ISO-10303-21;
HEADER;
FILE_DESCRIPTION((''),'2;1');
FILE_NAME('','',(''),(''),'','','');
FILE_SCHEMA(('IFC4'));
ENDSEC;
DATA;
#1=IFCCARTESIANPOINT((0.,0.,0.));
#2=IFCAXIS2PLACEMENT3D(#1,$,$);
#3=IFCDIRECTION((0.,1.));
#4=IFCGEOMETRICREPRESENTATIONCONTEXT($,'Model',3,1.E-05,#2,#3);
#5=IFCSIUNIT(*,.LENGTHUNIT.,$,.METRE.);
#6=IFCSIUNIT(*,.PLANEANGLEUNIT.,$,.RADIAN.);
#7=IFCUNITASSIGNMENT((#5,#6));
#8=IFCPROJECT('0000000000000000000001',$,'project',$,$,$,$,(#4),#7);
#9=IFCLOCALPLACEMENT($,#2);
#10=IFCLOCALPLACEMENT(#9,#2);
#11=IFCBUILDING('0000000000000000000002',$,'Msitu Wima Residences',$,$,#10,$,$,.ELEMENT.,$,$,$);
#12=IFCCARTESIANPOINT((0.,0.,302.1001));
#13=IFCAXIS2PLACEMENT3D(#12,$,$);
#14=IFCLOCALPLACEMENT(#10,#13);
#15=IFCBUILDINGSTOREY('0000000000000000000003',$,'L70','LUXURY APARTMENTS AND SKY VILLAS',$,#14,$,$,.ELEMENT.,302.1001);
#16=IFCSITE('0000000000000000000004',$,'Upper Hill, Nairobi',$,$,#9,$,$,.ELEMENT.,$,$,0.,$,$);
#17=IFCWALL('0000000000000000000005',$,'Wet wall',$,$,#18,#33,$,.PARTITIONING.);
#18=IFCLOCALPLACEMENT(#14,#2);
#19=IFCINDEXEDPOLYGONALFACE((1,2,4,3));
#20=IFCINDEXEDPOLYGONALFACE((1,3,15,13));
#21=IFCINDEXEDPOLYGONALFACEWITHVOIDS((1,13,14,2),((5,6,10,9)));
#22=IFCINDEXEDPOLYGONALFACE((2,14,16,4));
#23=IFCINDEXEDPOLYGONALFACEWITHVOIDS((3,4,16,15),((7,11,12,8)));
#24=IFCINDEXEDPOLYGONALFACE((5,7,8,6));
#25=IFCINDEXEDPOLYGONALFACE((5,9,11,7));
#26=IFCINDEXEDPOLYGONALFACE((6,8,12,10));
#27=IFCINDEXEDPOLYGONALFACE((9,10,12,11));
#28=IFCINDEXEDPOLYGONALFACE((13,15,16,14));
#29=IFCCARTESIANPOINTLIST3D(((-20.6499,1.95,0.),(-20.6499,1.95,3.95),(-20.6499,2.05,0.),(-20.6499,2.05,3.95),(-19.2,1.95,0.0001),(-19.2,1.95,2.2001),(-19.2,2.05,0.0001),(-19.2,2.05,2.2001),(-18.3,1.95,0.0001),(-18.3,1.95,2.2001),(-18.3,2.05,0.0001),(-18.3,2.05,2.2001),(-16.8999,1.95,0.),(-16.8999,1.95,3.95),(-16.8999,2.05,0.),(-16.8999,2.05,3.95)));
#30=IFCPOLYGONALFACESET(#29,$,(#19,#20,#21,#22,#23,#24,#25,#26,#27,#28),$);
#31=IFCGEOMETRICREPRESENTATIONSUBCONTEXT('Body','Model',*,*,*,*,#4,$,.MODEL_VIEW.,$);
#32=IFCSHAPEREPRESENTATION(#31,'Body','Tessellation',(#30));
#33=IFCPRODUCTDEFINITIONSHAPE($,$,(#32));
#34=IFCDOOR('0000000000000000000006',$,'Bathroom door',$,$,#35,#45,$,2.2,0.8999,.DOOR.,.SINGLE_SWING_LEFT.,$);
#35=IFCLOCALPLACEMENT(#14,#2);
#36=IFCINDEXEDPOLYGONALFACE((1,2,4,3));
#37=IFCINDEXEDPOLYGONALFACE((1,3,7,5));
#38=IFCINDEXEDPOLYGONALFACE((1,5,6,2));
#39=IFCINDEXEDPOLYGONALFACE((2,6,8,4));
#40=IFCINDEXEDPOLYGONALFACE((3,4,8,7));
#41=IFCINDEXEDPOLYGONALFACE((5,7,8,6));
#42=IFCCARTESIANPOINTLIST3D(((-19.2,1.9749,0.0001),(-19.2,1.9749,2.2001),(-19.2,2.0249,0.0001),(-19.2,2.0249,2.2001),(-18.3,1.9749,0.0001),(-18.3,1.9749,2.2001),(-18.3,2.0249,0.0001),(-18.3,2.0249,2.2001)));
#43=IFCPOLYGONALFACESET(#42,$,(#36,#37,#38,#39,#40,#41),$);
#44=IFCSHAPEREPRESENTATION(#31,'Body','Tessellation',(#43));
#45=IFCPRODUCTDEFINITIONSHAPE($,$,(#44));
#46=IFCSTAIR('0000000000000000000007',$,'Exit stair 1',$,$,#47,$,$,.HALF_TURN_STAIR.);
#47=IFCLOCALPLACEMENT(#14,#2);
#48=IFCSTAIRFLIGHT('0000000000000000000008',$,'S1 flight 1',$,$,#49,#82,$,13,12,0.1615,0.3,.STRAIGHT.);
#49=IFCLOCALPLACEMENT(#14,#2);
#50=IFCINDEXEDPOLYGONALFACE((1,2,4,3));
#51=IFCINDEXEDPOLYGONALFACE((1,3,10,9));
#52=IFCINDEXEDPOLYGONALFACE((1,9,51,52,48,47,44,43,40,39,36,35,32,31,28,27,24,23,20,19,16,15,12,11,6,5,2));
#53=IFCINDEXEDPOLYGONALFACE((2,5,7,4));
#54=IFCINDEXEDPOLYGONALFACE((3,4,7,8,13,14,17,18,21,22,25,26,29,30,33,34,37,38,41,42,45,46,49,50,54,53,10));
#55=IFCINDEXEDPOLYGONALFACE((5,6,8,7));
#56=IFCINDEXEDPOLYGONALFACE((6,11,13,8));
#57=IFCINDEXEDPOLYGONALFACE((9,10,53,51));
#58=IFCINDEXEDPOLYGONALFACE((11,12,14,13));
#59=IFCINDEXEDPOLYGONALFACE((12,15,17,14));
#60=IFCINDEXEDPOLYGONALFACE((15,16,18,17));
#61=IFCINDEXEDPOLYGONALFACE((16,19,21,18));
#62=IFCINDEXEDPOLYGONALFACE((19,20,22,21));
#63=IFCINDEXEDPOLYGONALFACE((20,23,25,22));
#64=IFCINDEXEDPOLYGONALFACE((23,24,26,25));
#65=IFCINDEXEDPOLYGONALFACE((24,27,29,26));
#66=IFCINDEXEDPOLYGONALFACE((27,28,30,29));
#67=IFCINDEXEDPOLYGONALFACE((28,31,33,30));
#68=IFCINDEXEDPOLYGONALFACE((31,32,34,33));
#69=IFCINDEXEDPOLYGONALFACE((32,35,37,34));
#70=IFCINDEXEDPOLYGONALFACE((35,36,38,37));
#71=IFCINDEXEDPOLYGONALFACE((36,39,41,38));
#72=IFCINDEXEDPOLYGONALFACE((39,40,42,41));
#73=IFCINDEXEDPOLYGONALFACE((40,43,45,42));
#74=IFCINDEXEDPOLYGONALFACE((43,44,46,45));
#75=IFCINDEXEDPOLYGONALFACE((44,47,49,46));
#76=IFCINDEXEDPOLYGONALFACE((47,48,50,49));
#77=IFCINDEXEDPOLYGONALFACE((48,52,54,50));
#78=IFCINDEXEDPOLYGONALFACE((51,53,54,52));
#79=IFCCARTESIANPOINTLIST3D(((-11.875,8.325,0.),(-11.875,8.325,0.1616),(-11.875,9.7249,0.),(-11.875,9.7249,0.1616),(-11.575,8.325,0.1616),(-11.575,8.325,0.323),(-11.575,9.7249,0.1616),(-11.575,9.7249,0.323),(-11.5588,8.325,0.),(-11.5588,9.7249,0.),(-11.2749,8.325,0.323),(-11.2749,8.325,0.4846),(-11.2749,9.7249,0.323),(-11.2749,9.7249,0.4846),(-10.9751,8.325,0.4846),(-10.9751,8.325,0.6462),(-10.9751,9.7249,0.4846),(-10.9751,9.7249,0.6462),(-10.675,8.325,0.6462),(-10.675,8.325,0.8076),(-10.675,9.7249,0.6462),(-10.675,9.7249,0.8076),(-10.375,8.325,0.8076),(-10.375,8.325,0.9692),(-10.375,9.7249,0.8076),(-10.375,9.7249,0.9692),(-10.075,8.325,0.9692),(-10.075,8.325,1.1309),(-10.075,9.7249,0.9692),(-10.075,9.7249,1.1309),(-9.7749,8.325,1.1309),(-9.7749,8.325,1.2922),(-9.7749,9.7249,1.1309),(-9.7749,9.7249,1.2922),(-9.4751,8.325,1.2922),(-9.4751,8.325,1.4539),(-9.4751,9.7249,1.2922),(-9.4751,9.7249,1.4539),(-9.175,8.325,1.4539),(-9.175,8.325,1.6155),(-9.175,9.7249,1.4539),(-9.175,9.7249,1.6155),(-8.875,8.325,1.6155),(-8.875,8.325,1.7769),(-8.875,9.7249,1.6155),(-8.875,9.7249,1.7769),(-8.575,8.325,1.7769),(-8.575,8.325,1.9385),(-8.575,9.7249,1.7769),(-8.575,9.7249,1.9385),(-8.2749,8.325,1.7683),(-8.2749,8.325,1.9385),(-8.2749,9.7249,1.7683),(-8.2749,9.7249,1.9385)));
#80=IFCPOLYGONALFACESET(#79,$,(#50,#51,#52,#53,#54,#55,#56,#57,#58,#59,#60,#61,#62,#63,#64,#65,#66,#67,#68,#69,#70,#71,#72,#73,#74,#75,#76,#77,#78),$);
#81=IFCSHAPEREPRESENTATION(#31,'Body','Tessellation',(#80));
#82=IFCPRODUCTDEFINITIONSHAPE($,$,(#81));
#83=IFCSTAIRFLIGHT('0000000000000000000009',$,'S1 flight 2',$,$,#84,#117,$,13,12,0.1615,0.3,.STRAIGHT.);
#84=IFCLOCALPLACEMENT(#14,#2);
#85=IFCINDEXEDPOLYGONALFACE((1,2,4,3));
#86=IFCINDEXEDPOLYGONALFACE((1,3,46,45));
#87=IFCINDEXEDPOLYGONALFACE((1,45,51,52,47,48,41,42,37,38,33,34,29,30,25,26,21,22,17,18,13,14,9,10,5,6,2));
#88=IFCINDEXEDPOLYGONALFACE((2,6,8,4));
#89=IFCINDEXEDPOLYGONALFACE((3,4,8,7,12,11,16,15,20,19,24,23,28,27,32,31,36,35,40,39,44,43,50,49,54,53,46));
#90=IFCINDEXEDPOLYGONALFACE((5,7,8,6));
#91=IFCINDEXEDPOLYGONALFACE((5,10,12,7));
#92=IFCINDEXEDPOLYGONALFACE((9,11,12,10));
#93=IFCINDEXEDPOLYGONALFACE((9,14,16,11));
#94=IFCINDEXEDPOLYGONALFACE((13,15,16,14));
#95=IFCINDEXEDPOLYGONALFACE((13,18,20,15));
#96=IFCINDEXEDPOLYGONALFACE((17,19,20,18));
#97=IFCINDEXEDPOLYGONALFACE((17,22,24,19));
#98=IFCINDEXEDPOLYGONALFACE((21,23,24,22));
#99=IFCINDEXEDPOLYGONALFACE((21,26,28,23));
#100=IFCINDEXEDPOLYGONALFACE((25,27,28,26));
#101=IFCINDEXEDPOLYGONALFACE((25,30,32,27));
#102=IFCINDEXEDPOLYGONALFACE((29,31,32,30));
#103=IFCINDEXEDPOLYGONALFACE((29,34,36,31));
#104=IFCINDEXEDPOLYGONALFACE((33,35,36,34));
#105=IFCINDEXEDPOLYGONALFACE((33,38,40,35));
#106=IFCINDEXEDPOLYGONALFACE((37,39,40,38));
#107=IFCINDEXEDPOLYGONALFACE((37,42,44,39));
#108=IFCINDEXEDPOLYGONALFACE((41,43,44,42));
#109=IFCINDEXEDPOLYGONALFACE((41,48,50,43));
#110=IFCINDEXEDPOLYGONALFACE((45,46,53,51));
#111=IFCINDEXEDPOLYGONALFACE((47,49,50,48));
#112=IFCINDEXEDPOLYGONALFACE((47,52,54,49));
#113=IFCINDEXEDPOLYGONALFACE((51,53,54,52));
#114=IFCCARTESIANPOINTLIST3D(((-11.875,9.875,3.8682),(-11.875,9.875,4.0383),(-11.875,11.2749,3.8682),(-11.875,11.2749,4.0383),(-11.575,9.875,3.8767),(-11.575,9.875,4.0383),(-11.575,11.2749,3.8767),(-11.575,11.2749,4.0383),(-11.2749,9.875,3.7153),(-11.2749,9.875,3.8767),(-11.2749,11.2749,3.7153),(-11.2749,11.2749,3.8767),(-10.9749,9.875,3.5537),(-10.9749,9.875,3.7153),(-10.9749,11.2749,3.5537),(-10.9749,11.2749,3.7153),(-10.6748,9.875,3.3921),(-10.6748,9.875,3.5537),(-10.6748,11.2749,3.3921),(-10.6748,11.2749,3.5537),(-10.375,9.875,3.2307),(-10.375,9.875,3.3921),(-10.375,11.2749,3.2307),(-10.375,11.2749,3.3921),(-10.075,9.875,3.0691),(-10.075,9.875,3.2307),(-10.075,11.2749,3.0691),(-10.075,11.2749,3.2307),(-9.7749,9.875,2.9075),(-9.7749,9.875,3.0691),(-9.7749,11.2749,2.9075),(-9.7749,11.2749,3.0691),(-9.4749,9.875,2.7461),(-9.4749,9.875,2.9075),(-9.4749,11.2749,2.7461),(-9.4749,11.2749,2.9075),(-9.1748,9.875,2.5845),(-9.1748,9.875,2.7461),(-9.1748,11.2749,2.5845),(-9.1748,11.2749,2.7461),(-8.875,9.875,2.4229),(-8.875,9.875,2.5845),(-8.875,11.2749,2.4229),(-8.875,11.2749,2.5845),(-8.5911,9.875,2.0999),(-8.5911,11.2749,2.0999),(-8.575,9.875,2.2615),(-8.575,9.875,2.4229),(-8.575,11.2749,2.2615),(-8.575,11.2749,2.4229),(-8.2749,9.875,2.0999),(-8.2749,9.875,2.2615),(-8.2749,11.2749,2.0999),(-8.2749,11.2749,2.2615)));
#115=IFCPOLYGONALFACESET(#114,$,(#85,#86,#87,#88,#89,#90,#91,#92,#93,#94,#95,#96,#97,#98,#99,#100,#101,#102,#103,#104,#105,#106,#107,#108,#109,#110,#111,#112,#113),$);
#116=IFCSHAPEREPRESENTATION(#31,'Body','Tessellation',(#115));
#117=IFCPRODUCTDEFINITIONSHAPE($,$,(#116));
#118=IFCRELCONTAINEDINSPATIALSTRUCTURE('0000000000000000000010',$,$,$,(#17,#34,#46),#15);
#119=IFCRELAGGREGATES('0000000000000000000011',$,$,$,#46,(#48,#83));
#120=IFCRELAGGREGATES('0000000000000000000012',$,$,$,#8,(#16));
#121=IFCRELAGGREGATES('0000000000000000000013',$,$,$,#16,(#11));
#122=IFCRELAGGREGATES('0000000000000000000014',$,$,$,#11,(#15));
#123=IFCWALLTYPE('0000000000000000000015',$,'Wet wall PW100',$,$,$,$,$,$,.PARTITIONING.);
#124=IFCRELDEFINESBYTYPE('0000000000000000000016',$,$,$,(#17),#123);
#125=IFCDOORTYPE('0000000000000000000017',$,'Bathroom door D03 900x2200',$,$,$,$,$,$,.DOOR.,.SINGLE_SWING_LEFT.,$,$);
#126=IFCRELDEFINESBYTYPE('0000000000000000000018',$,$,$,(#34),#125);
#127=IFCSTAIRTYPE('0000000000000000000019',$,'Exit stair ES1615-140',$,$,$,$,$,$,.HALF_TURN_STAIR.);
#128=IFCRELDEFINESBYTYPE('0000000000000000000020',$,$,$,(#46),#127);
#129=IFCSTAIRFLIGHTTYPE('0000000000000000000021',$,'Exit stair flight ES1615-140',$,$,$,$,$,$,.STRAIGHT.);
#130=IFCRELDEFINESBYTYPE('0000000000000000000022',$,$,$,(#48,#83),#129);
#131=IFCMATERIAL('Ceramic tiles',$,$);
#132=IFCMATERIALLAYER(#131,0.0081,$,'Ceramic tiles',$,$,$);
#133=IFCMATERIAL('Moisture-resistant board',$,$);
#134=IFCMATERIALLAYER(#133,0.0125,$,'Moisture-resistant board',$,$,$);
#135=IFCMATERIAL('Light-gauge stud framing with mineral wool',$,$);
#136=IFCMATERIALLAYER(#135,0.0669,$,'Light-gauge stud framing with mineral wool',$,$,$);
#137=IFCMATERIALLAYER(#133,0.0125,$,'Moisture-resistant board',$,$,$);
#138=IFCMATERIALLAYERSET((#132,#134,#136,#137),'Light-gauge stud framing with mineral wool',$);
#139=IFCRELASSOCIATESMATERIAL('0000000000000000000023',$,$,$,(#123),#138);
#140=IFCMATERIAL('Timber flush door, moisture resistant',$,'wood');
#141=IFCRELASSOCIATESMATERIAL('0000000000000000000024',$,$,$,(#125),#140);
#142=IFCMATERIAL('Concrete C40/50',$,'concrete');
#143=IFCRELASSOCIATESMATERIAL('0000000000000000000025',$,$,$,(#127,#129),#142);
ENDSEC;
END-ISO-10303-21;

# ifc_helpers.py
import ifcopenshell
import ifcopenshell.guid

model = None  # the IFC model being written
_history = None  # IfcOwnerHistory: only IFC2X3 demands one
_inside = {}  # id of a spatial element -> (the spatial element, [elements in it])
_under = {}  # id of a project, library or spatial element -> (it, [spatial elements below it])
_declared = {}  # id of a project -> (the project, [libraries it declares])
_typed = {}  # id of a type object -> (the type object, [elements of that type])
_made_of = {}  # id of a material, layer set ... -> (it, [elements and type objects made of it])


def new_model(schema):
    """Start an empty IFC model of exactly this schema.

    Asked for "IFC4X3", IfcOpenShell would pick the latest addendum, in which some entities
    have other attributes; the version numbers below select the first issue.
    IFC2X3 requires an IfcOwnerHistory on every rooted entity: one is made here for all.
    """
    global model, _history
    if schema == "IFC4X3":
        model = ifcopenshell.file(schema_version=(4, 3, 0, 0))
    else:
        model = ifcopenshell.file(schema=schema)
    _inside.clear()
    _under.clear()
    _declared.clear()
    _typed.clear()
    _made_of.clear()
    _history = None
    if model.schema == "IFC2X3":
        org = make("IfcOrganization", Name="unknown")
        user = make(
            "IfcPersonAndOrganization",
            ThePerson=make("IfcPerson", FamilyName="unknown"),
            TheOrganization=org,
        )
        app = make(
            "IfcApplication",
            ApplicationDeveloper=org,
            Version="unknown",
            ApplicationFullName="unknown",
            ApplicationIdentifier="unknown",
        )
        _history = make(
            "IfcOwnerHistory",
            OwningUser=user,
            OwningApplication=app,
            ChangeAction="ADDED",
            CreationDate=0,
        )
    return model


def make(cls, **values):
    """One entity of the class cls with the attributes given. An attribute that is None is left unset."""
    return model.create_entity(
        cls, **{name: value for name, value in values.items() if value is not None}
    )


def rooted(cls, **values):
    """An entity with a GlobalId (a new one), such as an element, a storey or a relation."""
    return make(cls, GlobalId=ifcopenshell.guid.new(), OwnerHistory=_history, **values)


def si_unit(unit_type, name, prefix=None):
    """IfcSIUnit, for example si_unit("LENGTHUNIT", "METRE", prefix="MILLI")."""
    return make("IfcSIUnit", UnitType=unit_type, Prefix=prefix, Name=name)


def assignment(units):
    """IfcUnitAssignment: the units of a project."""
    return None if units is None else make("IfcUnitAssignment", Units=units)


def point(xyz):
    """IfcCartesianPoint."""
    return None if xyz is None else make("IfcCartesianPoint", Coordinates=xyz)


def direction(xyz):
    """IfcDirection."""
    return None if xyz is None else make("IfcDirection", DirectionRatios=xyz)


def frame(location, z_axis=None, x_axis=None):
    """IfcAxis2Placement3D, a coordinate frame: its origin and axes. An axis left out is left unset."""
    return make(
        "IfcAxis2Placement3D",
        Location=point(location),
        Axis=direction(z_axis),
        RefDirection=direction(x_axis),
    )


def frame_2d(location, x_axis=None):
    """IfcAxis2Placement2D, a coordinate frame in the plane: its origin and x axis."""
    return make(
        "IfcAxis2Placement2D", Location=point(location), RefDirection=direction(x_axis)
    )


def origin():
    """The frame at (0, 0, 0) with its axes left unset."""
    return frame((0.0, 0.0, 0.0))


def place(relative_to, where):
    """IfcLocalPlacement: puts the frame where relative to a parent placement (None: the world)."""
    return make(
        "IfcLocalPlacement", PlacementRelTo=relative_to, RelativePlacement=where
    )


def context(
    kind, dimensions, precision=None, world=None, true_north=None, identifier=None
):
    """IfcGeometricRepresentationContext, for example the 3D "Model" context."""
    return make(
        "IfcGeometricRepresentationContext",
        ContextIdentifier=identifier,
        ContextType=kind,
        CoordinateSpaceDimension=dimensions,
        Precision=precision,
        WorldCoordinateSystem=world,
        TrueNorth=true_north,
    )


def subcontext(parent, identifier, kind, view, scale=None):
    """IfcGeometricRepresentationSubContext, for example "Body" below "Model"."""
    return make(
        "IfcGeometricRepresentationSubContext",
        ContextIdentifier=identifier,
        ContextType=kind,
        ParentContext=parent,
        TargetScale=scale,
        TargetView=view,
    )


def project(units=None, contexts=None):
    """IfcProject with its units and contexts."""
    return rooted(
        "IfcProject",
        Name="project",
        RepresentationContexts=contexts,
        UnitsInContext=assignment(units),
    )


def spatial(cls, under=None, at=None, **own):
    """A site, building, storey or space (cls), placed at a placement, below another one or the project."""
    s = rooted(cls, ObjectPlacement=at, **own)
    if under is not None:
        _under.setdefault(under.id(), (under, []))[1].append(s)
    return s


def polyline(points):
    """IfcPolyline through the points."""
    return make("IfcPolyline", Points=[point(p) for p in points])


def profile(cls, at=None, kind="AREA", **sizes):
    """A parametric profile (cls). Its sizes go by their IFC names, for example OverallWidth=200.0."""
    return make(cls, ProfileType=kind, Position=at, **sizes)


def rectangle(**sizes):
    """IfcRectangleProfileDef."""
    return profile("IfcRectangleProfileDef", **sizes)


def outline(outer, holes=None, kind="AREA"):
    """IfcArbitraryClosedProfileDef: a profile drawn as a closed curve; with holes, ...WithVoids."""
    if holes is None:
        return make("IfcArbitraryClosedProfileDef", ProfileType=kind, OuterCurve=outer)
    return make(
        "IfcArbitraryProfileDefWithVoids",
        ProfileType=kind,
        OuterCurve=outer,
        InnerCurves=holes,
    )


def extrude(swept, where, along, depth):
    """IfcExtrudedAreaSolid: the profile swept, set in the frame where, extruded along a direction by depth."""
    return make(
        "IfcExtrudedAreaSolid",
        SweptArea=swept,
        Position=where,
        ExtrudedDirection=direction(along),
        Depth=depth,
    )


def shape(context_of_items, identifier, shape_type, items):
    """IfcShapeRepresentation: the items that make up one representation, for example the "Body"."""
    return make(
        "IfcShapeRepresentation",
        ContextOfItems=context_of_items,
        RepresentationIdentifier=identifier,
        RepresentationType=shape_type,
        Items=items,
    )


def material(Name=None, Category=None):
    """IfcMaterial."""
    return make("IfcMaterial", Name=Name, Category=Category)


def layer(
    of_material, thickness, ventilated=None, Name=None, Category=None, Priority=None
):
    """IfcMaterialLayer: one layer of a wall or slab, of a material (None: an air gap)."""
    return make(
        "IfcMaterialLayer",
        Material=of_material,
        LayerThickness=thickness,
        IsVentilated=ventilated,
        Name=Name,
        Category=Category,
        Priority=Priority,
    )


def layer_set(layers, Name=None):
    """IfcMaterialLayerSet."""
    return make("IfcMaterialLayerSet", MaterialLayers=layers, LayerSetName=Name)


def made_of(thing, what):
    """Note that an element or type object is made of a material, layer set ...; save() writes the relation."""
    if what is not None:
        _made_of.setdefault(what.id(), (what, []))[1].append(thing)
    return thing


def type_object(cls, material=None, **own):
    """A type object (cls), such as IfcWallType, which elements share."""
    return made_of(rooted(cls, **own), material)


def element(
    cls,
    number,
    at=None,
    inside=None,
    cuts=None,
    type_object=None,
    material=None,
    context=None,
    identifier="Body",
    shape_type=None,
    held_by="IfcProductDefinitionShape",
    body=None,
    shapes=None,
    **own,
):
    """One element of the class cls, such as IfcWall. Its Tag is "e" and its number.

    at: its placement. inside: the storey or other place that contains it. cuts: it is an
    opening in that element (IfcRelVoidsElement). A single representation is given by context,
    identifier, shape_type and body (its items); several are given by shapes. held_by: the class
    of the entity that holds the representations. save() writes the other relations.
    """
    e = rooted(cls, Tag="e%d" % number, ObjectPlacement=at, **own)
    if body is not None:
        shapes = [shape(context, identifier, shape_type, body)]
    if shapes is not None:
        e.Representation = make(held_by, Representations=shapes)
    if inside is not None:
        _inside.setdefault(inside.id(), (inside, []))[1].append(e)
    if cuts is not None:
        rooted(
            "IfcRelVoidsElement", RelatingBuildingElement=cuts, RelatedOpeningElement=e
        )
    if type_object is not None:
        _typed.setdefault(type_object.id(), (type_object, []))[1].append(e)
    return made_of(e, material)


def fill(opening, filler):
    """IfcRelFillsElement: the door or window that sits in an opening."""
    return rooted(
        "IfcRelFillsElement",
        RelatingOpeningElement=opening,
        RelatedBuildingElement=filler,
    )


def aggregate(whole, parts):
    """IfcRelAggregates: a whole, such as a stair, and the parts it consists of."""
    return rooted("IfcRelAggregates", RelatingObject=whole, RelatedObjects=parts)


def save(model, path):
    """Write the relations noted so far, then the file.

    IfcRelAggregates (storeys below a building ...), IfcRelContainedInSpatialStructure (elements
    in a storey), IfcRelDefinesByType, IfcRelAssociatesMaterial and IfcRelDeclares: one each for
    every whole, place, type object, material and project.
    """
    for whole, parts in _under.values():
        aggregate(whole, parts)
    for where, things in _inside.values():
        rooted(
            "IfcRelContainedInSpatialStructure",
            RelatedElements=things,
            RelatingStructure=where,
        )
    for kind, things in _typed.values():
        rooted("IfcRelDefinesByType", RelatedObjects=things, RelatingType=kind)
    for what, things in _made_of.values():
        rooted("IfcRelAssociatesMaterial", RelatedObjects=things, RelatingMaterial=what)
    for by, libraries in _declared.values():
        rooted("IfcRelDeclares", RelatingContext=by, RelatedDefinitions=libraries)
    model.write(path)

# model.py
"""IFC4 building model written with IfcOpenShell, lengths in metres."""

from ifc_helpers import new_model, si_unit, direction, frame, frame_2d, origin, place, context, subcontext, project, spatial, polyline, rectangle, outline, extrude, material, layer, layer_set, type_object, element, fill, aggregate, save


model = new_model("IFC4")

# Units and contexts
model_context = context("Model", 3, precision=1e-05, world=origin(), true_north=direction((0.0, 1.0)))
body_context = subcontext(model_context, "Body", "Model", "MODEL_VIEW")
ifc_project = project(units=[si_unit("LENGTHUNIT", "METRE"), si_unit("PLANEANGLEUNIT", "RADIAN")], contexts=[model_context])

# Site, building, storey
site_placement = place(None, origin())
site = spatial("IfcSite", under=ifc_project, at=site_placement, Name="Upper Hill, Nairobi", CompositionType="ELEMENT", RefElevation=0.0)
building_placement = place(site_placement, origin())
building = spatial("IfcBuilding", under=site, at=building_placement, Name="Msitu Wima Residences", CompositionType="ELEMENT")
storey_placement = place(building_placement, frame((0.0, 0.0, 302.1001)))
storey = spatial("IfcBuildingStorey", under=building, at=storey_placement, Name="L70", Description="LUXURY APARTMENTS AND SKY VILLAS", CompositionType="ELEMENT", Elevation=302.1001)

# Shared definitions
ifc_material_1 = material(Name="Light-gauge stud framing with mineral wool")

# Wall, opening, door
ifc_material_2 = material(Name="Ceramic tiles")
ifc_layer_1 = layer(ifc_material_2, 0.0081, Name="Ceramic tiles")
ifc_material_3 = material(Name="Moisture-resistant board")
ifc_layer_2 = layer(ifc_material_3, 0.0125, Name="Moisture-resistant board")
ifc_layer_3 = layer(ifc_material_1, 0.0669, Name="Light-gauge stud framing with mineral wool")
ifc_layer_4 = layer(ifc_material_3, 0.0125, Name="Moisture-resistant board")
ifc_layer_set_1 = layer_set([ifc_layer_1, ifc_layer_2, ifc_layer_3, ifc_layer_4], Name="Light-gauge stud framing with mineral wool")
wall_type_1 = type_object("IfcWallType", Name="Wet wall PW100", PredefinedType="PARTITIONING", material=ifc_layer_set_1)
wall_1_placement = place(storey_placement, frame((-20.6499, 2.0, 0.0), z_axis=(0.0, 0.0, 1.0), x_axis=(1.0, 0.0, 0.0)))
wall_1 = element("IfcWall", 1, at=wall_1_placement, inside=storey, type_object=wall_type_1, Name="Wet wall", PredefinedType="PARTITIONING", context=body_context, shape_type="SweptSolid", body=[
    extrude(rectangle(XDim=3.75, YDim=0.1001, at=frame_2d((1.875, 0.0))), origin(), (0.0, 0.0, 1.0), 3.95),
])
opening_1_placement = place(wall_1_placement, frame((1.45, 0.0, 0.0)))
opening_1 = element("IfcOpeningElement", 2, at=opening_1_placement, cuts=wall_1, PredefinedType="OPENING", context=body_context, shape_type="SweptSolid", body=[
    extrude(rectangle(XDim=0.8999, YDim=2.2, at=frame_2d((0.45, 1.1001))), frame((0.0, 0.0601, 0.0), z_axis=(0.0, -1.0, 0.0), x_axis=(1.0, 0.0, 0.0)), (0.0, 0.0, 1.0), 0.1201),
])
ifc_material_4 = material(Name="Timber flush door, moisture resistant", Category="wood")
door_type_1 = type_object("IfcDoorType", Name="Bathroom door D03 900x2200", OperationType="SINGLE_SWING_LEFT", PredefinedType="DOOR", material=ifc_material_4)
door_1_placement = place(opening_1_placement, origin())
door_1 = element("IfcDoor", 3, at=door_1_placement, inside=storey, type_object=door_type_1, Name="Bathroom door", OperationType="SINGLE_SWING_LEFT", OverallHeight=2.2, OverallWidth=0.8999, PredefinedType="DOOR", context=body_context, shape_type="SweptSolid", body=[
    extrude(rectangle(XDim=0.8999, YDim=2.2, at=frame_2d((0.45, 1.1001))), frame((0.0, 0.0249, 0.0), z_axis=(0.0, -1.0, 0.0), x_axis=(1.0, 0.0, 0.0)), (0.0, 0.0, 1.0), 0.05),
])
fill(opening_1, door_1)

# Stair, stair flights
ifc_material_5 = material(Name="Concrete C40/50", Category="concrete")
stair_type = type_object("IfcStairType", Name="Exit stair ES1615-140", PredefinedType="HALF_TURN_STAIR", material=ifc_material_5)
stair_placement = place(storey_placement, origin())
stair = element("IfcStair", 4, at=stair_placement, inside=storey, type_object=stair_type, Name="Exit stair 1", PredefinedType="HALF_TURN_STAIR")
stair_flight_type = type_object("IfcStairFlightType", Name="Exit stair flight ES1615-140", PredefinedType="STRAIGHT", material=ifc_material_5)
stair_flight_1_placement = place(storey_placement, frame((-11.875, 9.0249, 0.0), z_axis=(0.0, 0.0, 1.0), x_axis=(1.0, 0.0, 0.0)))
stair_flight_1 = element("IfcStairFlight", 5, at=stair_flight_1_placement, type_object=stair_flight_type, Name="S1 flight 1", NumberOfRisers=13, NumberOfTreads=12, PredefinedType="STRAIGHT", RiserHeight=0.1615, TreadLength=0.3, context=body_context, shape_type="SweptSolid", body=[
    extrude(outline(polyline([(0.0, 0.0), (0.0, 0.1616), (0.3, 0.1616), (0.3, 0.323), (0.6001, 0.323), (0.6001, 0.4846), (0.8999, 0.4846), (0.8999, 0.6462), (1.2, 0.6462), (1.2, 0.8076), (1.5, 0.8076), (1.5, 0.9692), (1.8, 0.9692), (1.8, 1.1309), (2.1001, 1.1309), (2.1001, 1.2922), (2.3999, 1.2922), (2.3999, 1.4539), (2.7, 1.4539), (2.7, 1.6155), (3.0, 1.6155), (3.0, 1.7769), (3.3, 1.7769), (3.3, 1.9385), (3.6001, 1.9385), (3.6001, 2.1001), (3.6001, 1.7683), (0.3162, 0.0), (0.0, 0.0)])), frame((0.0, 0.7, 0.0), z_axis=(0.0, -1.0, 0.0), x_axis=(1.0, 0.0, 0.0)), (0.0, 0.0, 1.0), 1.3999),
])
stair_flight_2_placement = place(storey_placement, frame((-8.2749, 10.575, 2.0999), z_axis=(0.0, 0.0, 1.0), x_axis=(-1.0, 0.0, 0.0)))
stair_flight_2 = element("IfcStairFlight", 6, at=stair_flight_2_placement, type_object=stair_flight_type, Name="S1 flight 2", NumberOfRisers=13, NumberOfTreads=12, PredefinedType="STRAIGHT", RiserHeight=0.1615, TreadLength=0.3, context=body_context, shape_type="SweptSolid", body=[
    extrude(outline(polyline([(0.0, 0.0), (0.0, 0.1616), (0.3, 0.1616), (0.3, 0.323), (0.6001, 0.323), (0.6001, 0.4846), (0.8999, 0.4846), (0.8999, 0.6462), (1.2, 0.6462), (1.2, 0.8076), (1.5, 0.8076), (1.5, 0.9692), (1.8, 0.9692), (1.8, 1.1309), (2.1001, 1.1309), (2.1001, 1.2922), (2.3999, 1.2922), (2.3999, 1.4539), (2.7, 1.4539), (2.7, 1.6155), (3.0, 1.6155), (3.0, 1.7769), (3.3, 1.7769), (3.3, 1.9385), (3.6001, 1.9385), (3.6001, 2.1001), (3.6001, 1.7683), (0.3162, 0.0), (0.0, 0.0)])), frame((0.0, 0.7, 0.0), z_axis=(0.0, -1.0, 0.0), x_axis=(1.0, 0.0, 0.0)), (0.0, 0.0, 1.0), 1.3999),
])
aggregate(stair, [stair_flight_1, stair_flight_2])

save(model, "model.ifc")
